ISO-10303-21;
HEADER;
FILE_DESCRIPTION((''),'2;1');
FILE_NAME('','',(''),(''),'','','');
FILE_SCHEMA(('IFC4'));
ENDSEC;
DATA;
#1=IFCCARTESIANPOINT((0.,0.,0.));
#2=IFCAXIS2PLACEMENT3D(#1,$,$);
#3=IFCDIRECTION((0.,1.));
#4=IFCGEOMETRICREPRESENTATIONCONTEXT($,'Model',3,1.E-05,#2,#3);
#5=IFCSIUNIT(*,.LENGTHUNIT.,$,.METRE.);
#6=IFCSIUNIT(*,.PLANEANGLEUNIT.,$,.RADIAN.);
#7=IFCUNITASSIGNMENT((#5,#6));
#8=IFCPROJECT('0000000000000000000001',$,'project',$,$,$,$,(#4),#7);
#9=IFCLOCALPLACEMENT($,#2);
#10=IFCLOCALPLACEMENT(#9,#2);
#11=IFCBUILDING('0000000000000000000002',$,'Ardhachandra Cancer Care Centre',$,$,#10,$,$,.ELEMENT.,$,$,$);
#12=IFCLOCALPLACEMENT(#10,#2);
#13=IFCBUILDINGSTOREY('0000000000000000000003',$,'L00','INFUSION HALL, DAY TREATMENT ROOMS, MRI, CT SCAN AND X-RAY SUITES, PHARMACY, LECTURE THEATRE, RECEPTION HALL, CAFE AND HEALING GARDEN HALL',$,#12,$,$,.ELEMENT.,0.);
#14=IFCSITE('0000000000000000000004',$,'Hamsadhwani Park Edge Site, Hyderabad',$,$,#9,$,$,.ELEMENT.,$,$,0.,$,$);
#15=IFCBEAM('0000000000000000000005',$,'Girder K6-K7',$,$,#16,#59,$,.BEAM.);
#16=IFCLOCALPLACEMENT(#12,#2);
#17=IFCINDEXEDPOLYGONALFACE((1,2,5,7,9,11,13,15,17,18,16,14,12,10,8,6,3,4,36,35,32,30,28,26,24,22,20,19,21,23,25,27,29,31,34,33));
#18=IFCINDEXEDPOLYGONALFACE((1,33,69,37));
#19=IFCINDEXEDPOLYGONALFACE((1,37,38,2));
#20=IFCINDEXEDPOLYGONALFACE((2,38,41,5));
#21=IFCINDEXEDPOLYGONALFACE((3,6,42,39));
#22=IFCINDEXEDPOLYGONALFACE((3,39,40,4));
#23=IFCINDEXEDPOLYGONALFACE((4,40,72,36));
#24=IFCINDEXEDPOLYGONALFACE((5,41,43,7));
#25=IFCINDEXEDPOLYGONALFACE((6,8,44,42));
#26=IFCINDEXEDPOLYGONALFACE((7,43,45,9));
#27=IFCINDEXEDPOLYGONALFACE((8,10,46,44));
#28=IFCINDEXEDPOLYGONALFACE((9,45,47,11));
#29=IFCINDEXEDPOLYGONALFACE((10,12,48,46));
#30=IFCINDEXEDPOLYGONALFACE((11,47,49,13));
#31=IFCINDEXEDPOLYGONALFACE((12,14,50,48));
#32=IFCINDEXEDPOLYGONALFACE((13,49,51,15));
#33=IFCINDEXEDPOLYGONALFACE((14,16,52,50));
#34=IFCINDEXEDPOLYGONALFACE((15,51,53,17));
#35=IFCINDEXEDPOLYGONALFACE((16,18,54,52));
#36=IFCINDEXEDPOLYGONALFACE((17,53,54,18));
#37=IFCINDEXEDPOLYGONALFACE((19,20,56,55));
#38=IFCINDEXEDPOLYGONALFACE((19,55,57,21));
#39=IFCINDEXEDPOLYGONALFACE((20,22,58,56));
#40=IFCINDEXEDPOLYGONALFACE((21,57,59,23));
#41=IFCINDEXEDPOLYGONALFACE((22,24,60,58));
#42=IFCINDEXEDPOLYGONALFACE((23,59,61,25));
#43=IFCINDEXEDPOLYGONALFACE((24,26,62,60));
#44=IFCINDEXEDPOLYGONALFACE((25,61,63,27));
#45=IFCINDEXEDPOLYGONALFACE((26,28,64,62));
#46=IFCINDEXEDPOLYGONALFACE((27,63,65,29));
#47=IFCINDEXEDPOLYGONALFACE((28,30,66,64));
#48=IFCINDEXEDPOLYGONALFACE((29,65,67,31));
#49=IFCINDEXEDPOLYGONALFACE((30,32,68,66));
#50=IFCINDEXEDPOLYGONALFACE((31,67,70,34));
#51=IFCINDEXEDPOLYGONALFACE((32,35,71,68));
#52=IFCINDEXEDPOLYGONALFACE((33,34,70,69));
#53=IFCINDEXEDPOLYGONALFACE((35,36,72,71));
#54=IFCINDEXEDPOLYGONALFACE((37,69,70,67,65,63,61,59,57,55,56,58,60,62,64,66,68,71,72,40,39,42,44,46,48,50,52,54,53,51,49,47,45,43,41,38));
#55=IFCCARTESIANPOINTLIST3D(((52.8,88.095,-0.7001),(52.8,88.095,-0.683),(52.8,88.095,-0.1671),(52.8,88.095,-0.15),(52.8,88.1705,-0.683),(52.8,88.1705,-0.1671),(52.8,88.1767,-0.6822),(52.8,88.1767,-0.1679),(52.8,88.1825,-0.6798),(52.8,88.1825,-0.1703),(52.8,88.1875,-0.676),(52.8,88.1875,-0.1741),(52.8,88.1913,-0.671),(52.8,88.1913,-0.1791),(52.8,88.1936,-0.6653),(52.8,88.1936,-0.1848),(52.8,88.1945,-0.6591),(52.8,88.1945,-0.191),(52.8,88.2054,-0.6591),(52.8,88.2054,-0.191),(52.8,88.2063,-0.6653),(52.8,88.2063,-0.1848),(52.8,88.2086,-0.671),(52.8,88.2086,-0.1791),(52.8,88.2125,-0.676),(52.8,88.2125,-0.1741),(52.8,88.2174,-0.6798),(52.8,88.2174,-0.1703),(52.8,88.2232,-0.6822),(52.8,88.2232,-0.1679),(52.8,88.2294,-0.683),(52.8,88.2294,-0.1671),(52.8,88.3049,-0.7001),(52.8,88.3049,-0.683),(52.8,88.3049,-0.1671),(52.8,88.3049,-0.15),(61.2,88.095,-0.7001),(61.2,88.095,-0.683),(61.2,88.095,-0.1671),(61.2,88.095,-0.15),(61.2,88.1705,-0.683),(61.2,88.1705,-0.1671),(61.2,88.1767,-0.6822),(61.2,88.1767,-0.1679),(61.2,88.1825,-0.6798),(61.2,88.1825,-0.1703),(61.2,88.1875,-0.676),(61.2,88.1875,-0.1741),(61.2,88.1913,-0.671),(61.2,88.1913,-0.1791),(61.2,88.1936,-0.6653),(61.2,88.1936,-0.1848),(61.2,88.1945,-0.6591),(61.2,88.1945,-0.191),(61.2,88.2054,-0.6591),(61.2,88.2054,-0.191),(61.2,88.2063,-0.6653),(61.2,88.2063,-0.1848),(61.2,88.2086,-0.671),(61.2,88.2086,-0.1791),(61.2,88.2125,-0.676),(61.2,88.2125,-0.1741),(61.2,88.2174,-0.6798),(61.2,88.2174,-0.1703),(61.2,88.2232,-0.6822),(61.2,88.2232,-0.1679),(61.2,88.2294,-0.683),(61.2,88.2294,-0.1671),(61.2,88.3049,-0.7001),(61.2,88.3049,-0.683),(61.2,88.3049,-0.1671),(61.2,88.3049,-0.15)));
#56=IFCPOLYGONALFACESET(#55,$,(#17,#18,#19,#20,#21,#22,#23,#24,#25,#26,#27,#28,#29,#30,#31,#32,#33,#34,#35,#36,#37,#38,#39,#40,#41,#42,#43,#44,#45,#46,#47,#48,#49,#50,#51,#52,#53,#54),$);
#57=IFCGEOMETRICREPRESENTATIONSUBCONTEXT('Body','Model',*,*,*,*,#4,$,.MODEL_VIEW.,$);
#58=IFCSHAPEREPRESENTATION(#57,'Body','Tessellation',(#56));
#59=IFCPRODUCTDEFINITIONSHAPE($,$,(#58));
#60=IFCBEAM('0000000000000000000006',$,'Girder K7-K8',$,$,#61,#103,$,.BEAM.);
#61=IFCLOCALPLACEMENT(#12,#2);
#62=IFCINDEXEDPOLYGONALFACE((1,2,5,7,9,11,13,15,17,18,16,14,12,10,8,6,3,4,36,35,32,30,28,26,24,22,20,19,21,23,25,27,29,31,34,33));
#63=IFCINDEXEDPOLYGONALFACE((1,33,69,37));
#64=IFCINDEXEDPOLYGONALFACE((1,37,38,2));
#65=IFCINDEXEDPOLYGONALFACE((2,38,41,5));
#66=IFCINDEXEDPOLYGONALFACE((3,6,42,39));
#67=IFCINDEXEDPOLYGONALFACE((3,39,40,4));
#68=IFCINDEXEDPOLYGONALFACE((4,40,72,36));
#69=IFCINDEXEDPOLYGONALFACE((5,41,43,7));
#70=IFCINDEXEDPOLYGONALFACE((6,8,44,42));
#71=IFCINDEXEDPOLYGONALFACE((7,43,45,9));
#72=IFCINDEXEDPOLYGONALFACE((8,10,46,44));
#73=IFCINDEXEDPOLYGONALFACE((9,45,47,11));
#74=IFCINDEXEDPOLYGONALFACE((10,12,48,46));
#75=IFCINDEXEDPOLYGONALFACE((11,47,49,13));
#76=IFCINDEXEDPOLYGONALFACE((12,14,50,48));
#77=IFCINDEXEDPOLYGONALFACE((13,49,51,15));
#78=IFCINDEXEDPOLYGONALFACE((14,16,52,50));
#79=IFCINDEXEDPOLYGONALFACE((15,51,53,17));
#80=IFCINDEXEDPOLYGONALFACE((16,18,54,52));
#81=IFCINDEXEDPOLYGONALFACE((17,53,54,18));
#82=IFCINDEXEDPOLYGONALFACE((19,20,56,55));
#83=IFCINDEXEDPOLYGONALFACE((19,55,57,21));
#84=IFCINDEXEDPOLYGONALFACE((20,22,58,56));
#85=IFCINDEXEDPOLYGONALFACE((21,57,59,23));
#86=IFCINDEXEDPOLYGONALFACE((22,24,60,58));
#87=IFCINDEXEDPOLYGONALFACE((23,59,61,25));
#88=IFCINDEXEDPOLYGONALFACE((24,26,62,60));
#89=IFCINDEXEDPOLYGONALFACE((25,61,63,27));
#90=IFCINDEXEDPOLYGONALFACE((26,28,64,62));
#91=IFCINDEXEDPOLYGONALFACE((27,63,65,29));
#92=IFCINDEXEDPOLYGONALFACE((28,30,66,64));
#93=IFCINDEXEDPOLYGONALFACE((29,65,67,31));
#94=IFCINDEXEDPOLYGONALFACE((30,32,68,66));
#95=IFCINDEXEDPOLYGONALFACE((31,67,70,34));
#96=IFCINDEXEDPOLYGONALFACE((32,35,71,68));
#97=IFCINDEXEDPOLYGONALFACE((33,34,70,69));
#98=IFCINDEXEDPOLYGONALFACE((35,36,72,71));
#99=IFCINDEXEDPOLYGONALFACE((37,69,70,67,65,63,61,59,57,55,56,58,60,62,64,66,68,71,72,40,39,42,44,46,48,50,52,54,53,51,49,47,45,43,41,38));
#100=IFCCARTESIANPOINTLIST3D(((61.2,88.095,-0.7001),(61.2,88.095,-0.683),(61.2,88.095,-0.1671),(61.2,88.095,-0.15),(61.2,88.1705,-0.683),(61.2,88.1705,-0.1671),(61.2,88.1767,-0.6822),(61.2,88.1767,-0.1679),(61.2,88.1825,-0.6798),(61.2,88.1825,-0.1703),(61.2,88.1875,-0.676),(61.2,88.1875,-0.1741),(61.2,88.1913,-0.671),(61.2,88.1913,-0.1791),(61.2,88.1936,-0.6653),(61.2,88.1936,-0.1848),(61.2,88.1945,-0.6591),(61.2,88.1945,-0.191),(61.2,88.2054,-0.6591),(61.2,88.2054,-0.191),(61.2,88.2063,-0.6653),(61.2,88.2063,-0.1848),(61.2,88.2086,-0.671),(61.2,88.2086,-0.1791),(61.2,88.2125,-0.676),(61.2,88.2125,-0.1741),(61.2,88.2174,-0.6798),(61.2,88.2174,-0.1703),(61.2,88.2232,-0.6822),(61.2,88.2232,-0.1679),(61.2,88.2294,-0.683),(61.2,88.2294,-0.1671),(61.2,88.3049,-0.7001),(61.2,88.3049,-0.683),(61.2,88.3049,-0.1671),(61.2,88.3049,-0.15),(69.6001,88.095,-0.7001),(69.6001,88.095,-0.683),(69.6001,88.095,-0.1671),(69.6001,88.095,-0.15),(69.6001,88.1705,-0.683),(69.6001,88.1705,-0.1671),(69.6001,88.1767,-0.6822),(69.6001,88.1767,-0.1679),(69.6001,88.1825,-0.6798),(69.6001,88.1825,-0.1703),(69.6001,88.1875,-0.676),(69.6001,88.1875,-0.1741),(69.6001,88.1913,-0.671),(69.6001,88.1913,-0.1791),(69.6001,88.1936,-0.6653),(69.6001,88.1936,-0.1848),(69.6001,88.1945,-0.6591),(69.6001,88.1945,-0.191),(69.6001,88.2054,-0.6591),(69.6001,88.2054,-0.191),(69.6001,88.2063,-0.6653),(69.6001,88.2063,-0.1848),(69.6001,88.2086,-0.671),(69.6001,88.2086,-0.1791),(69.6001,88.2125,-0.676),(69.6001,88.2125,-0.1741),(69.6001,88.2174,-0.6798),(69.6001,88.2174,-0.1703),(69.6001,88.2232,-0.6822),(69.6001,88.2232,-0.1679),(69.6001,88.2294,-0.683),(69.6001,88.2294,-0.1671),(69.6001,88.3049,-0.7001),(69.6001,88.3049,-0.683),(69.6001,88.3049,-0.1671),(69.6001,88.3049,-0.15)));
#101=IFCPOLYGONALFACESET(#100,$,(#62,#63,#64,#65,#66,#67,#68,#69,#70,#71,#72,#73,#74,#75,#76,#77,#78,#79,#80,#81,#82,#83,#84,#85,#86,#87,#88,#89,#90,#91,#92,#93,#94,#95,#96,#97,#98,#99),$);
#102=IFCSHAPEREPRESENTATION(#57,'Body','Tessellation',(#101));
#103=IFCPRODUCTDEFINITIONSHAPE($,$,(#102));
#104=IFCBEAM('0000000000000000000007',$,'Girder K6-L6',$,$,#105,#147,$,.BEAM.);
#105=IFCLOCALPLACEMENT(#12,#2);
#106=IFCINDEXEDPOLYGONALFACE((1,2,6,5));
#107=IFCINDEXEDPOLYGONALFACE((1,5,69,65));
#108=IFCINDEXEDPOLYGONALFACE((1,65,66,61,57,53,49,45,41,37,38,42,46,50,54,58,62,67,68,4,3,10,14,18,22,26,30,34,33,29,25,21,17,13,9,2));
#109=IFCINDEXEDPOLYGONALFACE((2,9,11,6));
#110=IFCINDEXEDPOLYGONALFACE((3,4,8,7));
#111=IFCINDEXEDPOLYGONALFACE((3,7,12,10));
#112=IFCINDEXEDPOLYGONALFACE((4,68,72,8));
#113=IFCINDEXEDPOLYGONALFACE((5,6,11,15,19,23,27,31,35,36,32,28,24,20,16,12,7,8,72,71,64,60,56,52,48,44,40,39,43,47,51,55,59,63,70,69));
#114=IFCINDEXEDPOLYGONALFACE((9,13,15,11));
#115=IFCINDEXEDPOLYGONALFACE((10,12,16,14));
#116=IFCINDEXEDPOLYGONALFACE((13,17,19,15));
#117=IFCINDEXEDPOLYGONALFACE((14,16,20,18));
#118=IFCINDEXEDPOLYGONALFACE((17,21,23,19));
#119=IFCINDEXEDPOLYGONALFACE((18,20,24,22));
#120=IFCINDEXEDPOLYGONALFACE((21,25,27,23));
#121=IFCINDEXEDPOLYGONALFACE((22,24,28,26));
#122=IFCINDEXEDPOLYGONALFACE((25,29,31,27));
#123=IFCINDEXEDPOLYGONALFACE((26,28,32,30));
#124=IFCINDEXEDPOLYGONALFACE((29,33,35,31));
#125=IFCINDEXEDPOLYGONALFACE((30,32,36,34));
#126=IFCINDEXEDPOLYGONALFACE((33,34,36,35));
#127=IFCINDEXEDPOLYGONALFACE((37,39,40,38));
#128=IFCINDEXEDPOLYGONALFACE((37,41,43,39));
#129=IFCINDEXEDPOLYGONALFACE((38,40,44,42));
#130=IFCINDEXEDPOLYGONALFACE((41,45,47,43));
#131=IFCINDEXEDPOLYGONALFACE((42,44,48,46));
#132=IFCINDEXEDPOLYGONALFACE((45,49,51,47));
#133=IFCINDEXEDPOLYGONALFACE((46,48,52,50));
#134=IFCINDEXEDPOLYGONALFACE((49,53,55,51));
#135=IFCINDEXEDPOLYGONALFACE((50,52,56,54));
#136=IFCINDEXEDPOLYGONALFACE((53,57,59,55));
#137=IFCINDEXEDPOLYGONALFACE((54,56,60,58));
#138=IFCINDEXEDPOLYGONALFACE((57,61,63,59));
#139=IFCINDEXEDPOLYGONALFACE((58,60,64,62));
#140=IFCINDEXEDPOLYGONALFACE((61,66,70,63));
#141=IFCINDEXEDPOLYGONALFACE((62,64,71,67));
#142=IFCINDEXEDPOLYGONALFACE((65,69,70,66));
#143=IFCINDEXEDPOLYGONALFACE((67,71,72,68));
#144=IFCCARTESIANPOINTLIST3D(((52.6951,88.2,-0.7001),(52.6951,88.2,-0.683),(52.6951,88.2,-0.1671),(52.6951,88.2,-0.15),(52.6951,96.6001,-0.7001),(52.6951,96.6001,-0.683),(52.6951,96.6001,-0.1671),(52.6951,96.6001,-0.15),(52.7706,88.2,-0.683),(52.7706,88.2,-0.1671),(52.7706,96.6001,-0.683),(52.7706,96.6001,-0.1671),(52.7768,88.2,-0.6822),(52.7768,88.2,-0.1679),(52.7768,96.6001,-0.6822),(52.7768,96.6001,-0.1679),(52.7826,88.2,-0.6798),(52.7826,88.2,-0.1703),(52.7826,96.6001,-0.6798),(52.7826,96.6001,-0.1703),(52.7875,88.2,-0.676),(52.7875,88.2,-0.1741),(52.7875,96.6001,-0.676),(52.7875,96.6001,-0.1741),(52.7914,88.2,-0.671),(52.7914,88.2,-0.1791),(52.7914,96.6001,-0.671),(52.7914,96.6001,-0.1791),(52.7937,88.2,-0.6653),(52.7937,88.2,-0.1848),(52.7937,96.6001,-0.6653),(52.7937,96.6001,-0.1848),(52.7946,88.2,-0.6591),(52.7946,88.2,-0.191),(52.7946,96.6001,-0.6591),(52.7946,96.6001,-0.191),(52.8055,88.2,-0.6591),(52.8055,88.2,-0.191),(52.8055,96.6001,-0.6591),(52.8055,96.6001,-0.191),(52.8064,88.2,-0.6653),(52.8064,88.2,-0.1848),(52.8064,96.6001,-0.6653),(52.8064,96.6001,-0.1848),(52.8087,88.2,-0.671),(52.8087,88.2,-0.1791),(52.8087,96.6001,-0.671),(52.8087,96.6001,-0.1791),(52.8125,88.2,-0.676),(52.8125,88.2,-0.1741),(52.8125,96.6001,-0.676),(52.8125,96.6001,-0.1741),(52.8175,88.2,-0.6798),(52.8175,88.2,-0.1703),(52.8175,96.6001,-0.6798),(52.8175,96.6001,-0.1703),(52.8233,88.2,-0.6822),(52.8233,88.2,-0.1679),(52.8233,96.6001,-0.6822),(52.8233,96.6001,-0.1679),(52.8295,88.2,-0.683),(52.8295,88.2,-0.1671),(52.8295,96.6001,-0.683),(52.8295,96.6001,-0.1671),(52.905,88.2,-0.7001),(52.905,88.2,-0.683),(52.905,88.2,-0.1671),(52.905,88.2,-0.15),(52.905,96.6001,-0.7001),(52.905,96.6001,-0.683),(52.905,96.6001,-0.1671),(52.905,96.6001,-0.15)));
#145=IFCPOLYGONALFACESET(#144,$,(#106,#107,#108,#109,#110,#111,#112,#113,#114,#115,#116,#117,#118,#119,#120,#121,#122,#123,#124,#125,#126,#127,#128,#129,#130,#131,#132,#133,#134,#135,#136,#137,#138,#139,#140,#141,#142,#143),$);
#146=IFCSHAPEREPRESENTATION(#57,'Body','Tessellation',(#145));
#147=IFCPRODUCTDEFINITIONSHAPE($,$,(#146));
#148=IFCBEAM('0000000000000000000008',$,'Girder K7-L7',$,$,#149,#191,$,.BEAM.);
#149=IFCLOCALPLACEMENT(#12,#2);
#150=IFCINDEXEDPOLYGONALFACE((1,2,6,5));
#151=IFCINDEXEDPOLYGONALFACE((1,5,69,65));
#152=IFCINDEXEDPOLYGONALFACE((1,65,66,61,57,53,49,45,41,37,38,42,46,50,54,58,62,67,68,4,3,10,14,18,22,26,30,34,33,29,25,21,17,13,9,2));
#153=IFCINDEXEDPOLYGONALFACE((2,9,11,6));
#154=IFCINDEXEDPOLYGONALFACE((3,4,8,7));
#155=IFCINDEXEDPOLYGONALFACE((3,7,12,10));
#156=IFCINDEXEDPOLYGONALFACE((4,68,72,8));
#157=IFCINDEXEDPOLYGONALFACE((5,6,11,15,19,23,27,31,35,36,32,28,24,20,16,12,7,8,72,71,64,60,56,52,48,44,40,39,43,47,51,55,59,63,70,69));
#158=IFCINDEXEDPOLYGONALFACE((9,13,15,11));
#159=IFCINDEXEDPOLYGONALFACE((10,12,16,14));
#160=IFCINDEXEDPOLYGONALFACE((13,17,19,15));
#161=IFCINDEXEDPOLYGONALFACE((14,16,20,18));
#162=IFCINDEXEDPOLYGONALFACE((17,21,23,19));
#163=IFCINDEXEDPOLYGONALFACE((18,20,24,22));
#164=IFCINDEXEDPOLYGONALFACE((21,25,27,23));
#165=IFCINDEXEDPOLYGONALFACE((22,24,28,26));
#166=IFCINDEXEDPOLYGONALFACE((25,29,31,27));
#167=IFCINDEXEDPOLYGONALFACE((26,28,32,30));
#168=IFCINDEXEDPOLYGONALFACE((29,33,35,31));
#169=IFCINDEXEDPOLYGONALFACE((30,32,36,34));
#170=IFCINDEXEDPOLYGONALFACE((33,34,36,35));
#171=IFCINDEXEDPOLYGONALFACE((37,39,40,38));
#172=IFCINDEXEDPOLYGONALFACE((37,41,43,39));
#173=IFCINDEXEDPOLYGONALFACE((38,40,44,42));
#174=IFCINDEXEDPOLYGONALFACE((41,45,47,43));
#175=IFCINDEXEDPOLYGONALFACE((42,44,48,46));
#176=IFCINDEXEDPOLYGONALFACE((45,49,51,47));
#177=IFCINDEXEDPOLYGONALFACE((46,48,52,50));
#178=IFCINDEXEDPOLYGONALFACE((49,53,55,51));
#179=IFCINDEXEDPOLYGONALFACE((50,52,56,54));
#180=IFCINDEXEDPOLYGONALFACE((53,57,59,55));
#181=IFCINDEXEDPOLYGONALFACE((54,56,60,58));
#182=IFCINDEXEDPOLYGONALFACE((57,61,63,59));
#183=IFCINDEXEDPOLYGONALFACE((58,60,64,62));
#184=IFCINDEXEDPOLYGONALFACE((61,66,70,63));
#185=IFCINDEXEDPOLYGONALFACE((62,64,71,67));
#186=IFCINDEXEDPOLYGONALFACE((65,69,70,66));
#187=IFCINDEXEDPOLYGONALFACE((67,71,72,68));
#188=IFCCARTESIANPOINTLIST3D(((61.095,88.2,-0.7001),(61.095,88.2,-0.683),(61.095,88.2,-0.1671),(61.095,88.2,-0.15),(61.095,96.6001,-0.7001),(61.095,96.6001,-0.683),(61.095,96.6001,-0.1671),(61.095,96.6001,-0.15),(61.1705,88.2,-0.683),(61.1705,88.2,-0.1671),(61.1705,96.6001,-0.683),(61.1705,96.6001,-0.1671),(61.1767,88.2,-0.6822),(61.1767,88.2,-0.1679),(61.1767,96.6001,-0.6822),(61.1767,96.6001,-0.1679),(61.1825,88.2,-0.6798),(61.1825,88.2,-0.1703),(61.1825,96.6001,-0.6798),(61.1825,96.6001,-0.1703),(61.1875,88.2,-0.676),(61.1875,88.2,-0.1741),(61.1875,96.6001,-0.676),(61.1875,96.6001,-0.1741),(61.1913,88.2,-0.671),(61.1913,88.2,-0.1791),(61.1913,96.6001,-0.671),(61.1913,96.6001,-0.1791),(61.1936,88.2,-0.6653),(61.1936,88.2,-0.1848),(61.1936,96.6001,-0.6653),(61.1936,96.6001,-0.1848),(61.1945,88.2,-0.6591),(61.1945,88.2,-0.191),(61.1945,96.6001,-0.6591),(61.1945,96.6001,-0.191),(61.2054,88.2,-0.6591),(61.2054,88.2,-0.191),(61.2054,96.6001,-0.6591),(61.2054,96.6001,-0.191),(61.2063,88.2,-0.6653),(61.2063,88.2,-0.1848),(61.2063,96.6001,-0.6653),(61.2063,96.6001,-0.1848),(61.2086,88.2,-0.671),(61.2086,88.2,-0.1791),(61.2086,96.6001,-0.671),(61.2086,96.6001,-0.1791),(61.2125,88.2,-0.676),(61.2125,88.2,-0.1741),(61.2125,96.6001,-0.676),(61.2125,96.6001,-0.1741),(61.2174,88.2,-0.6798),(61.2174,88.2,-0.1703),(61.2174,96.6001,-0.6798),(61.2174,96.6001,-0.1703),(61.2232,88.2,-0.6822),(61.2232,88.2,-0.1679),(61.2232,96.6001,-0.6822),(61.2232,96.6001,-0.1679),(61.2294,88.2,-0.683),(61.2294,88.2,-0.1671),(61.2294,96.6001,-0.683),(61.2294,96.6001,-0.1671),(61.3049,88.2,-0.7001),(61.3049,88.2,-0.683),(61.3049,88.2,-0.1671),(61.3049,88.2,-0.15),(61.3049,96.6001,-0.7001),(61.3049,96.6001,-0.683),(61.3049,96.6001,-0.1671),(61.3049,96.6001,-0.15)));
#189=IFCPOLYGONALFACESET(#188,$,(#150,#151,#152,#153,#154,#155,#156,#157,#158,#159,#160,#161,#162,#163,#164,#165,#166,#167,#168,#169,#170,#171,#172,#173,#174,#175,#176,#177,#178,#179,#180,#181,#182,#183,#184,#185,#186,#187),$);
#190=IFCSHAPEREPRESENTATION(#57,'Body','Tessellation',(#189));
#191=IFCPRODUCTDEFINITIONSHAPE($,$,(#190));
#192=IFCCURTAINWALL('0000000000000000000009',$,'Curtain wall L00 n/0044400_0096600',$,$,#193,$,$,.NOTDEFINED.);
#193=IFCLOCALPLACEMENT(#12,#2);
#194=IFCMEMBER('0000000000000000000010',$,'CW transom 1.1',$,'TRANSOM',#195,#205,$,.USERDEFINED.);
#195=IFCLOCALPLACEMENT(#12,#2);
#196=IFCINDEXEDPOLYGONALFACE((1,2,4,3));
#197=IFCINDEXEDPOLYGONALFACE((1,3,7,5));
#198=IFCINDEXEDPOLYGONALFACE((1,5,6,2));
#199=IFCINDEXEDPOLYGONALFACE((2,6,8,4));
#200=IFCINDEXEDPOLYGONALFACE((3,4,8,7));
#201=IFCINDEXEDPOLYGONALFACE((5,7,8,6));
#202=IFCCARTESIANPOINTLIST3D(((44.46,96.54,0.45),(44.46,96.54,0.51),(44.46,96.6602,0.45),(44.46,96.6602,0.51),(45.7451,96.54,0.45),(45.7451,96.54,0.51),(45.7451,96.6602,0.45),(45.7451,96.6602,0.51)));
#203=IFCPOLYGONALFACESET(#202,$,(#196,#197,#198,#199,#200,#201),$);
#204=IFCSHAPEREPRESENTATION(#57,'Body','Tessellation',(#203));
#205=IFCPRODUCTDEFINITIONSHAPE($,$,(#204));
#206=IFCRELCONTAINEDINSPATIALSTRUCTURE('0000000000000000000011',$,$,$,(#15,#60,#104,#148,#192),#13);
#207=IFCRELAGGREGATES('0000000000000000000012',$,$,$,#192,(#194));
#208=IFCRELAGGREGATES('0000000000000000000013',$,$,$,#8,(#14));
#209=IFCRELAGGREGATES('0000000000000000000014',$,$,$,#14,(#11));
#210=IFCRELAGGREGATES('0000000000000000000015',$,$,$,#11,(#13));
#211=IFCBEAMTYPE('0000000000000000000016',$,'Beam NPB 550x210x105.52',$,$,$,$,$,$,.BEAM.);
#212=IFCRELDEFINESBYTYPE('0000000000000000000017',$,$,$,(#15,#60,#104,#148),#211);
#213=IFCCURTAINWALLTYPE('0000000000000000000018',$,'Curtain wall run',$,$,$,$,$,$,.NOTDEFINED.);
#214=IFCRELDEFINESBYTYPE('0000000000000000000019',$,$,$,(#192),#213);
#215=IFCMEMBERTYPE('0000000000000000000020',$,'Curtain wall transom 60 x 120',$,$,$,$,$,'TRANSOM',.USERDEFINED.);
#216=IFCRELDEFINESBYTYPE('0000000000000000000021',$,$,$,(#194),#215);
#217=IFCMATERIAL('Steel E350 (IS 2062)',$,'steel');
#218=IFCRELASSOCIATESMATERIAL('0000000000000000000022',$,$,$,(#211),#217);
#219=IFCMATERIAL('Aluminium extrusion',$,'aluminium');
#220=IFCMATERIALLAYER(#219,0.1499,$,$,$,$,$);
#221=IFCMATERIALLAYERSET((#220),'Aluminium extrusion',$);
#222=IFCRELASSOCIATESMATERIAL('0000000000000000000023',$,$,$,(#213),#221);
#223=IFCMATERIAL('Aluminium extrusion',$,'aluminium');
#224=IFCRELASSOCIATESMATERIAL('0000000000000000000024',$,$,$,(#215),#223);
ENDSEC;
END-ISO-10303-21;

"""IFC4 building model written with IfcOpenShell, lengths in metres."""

from ifc_helpers import new_model, si_unit, direction, frame, origin, origin_2d, place, context, subcontext, project, spatial, rectangle, i_section, extrude, material, layer, layer_set, material_profile, profile_set, type_object, element, aggregate, save


model = new_model("IFC4")

# Units and contexts
model_context = context("Model", 3, precision=1e-05, world=origin(), true_north=direction((0.0, 1.0)))
body_context = subcontext(model_context, "Body", "Model", "MODEL_VIEW")
ifc_project = project(units=[si_unit("LENGTHUNIT", "METRE"), si_unit("PLANEANGLEUNIT", "RADIAN")], contexts=[model_context])

# Site, building, storey
site_placement = place(None, origin())
site = spatial("IfcSite", under=ifc_project, at=site_placement, Name="Hamsadhwani Park Edge Site, Hyderabad", CompositionType="ELEMENT", RefElevation=0.0)
building_placement = place(site_placement, origin())
building = spatial("IfcBuilding", under=site, at=building_placement, Name="Ardhachandra Cancer Care Centre", CompositionType="ELEMENT")
storey_placement = place(building_placement, origin())
storey = spatial("IfcBuildingStorey", under=building, at=storey_placement, Name="L00", Description="INFUSION HALL, DAY TREATMENT ROOMS, MRI, CT SCAN AND X-RAY SUITES, PHARMACY, LECTURE THEATRE, RECEPTION HALL, CAFE AND HEALING GARDEN HALL", CompositionType="ELEMENT", Elevation=0.0)

# Beams
ifc_material_1 = material(Name="Steel E350 (IS 2062)", Category="steel")
ifc_material_profile_1 = material_profile(ifc_material_1, i_section(OverallWidth=0.21, OverallDepth=0.55, WebThickness=0.011, FlangeThickness=0.0171, FilletRadius=0.0239, at=origin_2d()), Name="NPB 550x210x105.52")
ifc_profile_set_1 = profile_set([ifc_material_profile_1], Name="Steel E350 (IS 2062)")
beam_type_1 = type_object("IfcBeamType", Name="Beam NPB 550x210x105.52", PredefinedType="BEAM", material=ifc_profile_set_1)
beam_placement = place(storey_placement, frame((52.8, 88.2, -0.425), z_axis=(1.0, 0.0, 0.0), x_axis=(0.0, 1.0, 0.0)))
element("IfcBeam", 1, at=beam_placement, inside=storey, type_object=beam_type_1, Name="Girder K6-K7", PredefinedType="BEAM", context=body_context, shape_type="SweptSolid", body=[
    extrude(i_section(OverallWidth=0.21, OverallDepth=0.55, WebThickness=0.011, FlangeThickness=0.0171, FilletRadius=0.0239, at=origin_2d()), origin(), (0.0, 0.0, 1.0), 8.3999),
])
for number, where, z_axis, x_axis, name in (
    (2, (61.2, 88.2, -0.425), (1.0, 0.0, 0.0), (0.0, 1.0, 0.0), "Girder K7-K8"),
    (3, (52.8, 88.2, -0.425), (0.0, 1.0, 0.0), (-1.0, 0.0, 0.0), "Girder K6-L6"),
    (4, (61.2, 88.2, -0.425), (0.0, 1.0, 0.0), (-1.0, 0.0, 0.0), "Girder K7-L7"),
):
    element("IfcBeam", number, at=place(storey_placement, frame(where, z_axis=z_axis, x_axis=x_axis)), inside=storey, type_object=beam_type_1, Name=name, PredefinedType="BEAM", context=body_context, shape_type="SweptSolid", body=[
        extrude(i_section(OverallWidth=0.21, OverallDepth=0.55, WebThickness=0.011, FlangeThickness=0.0171, FilletRadius=0.0239, at=origin_2d()), origin(), (0.0, 0.0, 1.0), 8.4001),
    ])

# Curtain wall, member
ifc_material_2 = material(Name="Aluminium extrusion", Category="aluminium")
ifc_layer_1 = layer(ifc_material_2, 0.1499)
ifc_layer_set_1 = layer_set([ifc_layer_1], Name="Aluminium extrusion")
curtain_wall_type = type_object("IfcCurtainWallType", Name="Curtain wall run", PredefinedType="NOTDEFINED", material=ifc_layer_set_1)
curtain_wall_placement = place(storey_placement, origin())
curtain_wall = element("IfcCurtainWall", 5, at=curtain_wall_placement, inside=storey, type_object=curtain_wall_type, Name="Curtain wall L00 n/0044400_0096600", PredefinedType="NOTDEFINED")
ifc_material_3 = material(Name="Aluminium extrusion", Category="aluminium")
ifc_material_profile_2 = material_profile(ifc_material_3, rectangle(XDim=0.1201, YDim=0.0601, at=origin_2d()), Name="Curtain wall transom 60 x 120")
ifc_profile_set_2 = profile_set([ifc_material_profile_2], Name="Aluminium extrusion")
member_type = type_object("IfcMemberType", Name="Curtain wall transom 60 x 120", ElementType="TRANSOM", PredefinedType="USERDEFINED", material=ifc_profile_set_2)
member_1_placement = place(storey_placement, frame((44.46, 96.6001, 0.48), z_axis=(1.0, 0.0, 0.0), x_axis=(0.0, 1.0, 0.0)))
member_1 = element("IfcMember", 6, at=member_1_placement, type_object=member_type, Name="CW transom 1.1", ObjectType="TRANSOM", PredefinedType="USERDEFINED", context=body_context, shape_type="SweptSolid", body=[
    extrude(rectangle(XDim=0.1201, YDim=0.0601, at=origin_2d()), origin(), (0.0, 0.0, 1.0), 1.2852),
])
aggregate(curtain_wall, [member_1])

save(model, "model.ifc")
